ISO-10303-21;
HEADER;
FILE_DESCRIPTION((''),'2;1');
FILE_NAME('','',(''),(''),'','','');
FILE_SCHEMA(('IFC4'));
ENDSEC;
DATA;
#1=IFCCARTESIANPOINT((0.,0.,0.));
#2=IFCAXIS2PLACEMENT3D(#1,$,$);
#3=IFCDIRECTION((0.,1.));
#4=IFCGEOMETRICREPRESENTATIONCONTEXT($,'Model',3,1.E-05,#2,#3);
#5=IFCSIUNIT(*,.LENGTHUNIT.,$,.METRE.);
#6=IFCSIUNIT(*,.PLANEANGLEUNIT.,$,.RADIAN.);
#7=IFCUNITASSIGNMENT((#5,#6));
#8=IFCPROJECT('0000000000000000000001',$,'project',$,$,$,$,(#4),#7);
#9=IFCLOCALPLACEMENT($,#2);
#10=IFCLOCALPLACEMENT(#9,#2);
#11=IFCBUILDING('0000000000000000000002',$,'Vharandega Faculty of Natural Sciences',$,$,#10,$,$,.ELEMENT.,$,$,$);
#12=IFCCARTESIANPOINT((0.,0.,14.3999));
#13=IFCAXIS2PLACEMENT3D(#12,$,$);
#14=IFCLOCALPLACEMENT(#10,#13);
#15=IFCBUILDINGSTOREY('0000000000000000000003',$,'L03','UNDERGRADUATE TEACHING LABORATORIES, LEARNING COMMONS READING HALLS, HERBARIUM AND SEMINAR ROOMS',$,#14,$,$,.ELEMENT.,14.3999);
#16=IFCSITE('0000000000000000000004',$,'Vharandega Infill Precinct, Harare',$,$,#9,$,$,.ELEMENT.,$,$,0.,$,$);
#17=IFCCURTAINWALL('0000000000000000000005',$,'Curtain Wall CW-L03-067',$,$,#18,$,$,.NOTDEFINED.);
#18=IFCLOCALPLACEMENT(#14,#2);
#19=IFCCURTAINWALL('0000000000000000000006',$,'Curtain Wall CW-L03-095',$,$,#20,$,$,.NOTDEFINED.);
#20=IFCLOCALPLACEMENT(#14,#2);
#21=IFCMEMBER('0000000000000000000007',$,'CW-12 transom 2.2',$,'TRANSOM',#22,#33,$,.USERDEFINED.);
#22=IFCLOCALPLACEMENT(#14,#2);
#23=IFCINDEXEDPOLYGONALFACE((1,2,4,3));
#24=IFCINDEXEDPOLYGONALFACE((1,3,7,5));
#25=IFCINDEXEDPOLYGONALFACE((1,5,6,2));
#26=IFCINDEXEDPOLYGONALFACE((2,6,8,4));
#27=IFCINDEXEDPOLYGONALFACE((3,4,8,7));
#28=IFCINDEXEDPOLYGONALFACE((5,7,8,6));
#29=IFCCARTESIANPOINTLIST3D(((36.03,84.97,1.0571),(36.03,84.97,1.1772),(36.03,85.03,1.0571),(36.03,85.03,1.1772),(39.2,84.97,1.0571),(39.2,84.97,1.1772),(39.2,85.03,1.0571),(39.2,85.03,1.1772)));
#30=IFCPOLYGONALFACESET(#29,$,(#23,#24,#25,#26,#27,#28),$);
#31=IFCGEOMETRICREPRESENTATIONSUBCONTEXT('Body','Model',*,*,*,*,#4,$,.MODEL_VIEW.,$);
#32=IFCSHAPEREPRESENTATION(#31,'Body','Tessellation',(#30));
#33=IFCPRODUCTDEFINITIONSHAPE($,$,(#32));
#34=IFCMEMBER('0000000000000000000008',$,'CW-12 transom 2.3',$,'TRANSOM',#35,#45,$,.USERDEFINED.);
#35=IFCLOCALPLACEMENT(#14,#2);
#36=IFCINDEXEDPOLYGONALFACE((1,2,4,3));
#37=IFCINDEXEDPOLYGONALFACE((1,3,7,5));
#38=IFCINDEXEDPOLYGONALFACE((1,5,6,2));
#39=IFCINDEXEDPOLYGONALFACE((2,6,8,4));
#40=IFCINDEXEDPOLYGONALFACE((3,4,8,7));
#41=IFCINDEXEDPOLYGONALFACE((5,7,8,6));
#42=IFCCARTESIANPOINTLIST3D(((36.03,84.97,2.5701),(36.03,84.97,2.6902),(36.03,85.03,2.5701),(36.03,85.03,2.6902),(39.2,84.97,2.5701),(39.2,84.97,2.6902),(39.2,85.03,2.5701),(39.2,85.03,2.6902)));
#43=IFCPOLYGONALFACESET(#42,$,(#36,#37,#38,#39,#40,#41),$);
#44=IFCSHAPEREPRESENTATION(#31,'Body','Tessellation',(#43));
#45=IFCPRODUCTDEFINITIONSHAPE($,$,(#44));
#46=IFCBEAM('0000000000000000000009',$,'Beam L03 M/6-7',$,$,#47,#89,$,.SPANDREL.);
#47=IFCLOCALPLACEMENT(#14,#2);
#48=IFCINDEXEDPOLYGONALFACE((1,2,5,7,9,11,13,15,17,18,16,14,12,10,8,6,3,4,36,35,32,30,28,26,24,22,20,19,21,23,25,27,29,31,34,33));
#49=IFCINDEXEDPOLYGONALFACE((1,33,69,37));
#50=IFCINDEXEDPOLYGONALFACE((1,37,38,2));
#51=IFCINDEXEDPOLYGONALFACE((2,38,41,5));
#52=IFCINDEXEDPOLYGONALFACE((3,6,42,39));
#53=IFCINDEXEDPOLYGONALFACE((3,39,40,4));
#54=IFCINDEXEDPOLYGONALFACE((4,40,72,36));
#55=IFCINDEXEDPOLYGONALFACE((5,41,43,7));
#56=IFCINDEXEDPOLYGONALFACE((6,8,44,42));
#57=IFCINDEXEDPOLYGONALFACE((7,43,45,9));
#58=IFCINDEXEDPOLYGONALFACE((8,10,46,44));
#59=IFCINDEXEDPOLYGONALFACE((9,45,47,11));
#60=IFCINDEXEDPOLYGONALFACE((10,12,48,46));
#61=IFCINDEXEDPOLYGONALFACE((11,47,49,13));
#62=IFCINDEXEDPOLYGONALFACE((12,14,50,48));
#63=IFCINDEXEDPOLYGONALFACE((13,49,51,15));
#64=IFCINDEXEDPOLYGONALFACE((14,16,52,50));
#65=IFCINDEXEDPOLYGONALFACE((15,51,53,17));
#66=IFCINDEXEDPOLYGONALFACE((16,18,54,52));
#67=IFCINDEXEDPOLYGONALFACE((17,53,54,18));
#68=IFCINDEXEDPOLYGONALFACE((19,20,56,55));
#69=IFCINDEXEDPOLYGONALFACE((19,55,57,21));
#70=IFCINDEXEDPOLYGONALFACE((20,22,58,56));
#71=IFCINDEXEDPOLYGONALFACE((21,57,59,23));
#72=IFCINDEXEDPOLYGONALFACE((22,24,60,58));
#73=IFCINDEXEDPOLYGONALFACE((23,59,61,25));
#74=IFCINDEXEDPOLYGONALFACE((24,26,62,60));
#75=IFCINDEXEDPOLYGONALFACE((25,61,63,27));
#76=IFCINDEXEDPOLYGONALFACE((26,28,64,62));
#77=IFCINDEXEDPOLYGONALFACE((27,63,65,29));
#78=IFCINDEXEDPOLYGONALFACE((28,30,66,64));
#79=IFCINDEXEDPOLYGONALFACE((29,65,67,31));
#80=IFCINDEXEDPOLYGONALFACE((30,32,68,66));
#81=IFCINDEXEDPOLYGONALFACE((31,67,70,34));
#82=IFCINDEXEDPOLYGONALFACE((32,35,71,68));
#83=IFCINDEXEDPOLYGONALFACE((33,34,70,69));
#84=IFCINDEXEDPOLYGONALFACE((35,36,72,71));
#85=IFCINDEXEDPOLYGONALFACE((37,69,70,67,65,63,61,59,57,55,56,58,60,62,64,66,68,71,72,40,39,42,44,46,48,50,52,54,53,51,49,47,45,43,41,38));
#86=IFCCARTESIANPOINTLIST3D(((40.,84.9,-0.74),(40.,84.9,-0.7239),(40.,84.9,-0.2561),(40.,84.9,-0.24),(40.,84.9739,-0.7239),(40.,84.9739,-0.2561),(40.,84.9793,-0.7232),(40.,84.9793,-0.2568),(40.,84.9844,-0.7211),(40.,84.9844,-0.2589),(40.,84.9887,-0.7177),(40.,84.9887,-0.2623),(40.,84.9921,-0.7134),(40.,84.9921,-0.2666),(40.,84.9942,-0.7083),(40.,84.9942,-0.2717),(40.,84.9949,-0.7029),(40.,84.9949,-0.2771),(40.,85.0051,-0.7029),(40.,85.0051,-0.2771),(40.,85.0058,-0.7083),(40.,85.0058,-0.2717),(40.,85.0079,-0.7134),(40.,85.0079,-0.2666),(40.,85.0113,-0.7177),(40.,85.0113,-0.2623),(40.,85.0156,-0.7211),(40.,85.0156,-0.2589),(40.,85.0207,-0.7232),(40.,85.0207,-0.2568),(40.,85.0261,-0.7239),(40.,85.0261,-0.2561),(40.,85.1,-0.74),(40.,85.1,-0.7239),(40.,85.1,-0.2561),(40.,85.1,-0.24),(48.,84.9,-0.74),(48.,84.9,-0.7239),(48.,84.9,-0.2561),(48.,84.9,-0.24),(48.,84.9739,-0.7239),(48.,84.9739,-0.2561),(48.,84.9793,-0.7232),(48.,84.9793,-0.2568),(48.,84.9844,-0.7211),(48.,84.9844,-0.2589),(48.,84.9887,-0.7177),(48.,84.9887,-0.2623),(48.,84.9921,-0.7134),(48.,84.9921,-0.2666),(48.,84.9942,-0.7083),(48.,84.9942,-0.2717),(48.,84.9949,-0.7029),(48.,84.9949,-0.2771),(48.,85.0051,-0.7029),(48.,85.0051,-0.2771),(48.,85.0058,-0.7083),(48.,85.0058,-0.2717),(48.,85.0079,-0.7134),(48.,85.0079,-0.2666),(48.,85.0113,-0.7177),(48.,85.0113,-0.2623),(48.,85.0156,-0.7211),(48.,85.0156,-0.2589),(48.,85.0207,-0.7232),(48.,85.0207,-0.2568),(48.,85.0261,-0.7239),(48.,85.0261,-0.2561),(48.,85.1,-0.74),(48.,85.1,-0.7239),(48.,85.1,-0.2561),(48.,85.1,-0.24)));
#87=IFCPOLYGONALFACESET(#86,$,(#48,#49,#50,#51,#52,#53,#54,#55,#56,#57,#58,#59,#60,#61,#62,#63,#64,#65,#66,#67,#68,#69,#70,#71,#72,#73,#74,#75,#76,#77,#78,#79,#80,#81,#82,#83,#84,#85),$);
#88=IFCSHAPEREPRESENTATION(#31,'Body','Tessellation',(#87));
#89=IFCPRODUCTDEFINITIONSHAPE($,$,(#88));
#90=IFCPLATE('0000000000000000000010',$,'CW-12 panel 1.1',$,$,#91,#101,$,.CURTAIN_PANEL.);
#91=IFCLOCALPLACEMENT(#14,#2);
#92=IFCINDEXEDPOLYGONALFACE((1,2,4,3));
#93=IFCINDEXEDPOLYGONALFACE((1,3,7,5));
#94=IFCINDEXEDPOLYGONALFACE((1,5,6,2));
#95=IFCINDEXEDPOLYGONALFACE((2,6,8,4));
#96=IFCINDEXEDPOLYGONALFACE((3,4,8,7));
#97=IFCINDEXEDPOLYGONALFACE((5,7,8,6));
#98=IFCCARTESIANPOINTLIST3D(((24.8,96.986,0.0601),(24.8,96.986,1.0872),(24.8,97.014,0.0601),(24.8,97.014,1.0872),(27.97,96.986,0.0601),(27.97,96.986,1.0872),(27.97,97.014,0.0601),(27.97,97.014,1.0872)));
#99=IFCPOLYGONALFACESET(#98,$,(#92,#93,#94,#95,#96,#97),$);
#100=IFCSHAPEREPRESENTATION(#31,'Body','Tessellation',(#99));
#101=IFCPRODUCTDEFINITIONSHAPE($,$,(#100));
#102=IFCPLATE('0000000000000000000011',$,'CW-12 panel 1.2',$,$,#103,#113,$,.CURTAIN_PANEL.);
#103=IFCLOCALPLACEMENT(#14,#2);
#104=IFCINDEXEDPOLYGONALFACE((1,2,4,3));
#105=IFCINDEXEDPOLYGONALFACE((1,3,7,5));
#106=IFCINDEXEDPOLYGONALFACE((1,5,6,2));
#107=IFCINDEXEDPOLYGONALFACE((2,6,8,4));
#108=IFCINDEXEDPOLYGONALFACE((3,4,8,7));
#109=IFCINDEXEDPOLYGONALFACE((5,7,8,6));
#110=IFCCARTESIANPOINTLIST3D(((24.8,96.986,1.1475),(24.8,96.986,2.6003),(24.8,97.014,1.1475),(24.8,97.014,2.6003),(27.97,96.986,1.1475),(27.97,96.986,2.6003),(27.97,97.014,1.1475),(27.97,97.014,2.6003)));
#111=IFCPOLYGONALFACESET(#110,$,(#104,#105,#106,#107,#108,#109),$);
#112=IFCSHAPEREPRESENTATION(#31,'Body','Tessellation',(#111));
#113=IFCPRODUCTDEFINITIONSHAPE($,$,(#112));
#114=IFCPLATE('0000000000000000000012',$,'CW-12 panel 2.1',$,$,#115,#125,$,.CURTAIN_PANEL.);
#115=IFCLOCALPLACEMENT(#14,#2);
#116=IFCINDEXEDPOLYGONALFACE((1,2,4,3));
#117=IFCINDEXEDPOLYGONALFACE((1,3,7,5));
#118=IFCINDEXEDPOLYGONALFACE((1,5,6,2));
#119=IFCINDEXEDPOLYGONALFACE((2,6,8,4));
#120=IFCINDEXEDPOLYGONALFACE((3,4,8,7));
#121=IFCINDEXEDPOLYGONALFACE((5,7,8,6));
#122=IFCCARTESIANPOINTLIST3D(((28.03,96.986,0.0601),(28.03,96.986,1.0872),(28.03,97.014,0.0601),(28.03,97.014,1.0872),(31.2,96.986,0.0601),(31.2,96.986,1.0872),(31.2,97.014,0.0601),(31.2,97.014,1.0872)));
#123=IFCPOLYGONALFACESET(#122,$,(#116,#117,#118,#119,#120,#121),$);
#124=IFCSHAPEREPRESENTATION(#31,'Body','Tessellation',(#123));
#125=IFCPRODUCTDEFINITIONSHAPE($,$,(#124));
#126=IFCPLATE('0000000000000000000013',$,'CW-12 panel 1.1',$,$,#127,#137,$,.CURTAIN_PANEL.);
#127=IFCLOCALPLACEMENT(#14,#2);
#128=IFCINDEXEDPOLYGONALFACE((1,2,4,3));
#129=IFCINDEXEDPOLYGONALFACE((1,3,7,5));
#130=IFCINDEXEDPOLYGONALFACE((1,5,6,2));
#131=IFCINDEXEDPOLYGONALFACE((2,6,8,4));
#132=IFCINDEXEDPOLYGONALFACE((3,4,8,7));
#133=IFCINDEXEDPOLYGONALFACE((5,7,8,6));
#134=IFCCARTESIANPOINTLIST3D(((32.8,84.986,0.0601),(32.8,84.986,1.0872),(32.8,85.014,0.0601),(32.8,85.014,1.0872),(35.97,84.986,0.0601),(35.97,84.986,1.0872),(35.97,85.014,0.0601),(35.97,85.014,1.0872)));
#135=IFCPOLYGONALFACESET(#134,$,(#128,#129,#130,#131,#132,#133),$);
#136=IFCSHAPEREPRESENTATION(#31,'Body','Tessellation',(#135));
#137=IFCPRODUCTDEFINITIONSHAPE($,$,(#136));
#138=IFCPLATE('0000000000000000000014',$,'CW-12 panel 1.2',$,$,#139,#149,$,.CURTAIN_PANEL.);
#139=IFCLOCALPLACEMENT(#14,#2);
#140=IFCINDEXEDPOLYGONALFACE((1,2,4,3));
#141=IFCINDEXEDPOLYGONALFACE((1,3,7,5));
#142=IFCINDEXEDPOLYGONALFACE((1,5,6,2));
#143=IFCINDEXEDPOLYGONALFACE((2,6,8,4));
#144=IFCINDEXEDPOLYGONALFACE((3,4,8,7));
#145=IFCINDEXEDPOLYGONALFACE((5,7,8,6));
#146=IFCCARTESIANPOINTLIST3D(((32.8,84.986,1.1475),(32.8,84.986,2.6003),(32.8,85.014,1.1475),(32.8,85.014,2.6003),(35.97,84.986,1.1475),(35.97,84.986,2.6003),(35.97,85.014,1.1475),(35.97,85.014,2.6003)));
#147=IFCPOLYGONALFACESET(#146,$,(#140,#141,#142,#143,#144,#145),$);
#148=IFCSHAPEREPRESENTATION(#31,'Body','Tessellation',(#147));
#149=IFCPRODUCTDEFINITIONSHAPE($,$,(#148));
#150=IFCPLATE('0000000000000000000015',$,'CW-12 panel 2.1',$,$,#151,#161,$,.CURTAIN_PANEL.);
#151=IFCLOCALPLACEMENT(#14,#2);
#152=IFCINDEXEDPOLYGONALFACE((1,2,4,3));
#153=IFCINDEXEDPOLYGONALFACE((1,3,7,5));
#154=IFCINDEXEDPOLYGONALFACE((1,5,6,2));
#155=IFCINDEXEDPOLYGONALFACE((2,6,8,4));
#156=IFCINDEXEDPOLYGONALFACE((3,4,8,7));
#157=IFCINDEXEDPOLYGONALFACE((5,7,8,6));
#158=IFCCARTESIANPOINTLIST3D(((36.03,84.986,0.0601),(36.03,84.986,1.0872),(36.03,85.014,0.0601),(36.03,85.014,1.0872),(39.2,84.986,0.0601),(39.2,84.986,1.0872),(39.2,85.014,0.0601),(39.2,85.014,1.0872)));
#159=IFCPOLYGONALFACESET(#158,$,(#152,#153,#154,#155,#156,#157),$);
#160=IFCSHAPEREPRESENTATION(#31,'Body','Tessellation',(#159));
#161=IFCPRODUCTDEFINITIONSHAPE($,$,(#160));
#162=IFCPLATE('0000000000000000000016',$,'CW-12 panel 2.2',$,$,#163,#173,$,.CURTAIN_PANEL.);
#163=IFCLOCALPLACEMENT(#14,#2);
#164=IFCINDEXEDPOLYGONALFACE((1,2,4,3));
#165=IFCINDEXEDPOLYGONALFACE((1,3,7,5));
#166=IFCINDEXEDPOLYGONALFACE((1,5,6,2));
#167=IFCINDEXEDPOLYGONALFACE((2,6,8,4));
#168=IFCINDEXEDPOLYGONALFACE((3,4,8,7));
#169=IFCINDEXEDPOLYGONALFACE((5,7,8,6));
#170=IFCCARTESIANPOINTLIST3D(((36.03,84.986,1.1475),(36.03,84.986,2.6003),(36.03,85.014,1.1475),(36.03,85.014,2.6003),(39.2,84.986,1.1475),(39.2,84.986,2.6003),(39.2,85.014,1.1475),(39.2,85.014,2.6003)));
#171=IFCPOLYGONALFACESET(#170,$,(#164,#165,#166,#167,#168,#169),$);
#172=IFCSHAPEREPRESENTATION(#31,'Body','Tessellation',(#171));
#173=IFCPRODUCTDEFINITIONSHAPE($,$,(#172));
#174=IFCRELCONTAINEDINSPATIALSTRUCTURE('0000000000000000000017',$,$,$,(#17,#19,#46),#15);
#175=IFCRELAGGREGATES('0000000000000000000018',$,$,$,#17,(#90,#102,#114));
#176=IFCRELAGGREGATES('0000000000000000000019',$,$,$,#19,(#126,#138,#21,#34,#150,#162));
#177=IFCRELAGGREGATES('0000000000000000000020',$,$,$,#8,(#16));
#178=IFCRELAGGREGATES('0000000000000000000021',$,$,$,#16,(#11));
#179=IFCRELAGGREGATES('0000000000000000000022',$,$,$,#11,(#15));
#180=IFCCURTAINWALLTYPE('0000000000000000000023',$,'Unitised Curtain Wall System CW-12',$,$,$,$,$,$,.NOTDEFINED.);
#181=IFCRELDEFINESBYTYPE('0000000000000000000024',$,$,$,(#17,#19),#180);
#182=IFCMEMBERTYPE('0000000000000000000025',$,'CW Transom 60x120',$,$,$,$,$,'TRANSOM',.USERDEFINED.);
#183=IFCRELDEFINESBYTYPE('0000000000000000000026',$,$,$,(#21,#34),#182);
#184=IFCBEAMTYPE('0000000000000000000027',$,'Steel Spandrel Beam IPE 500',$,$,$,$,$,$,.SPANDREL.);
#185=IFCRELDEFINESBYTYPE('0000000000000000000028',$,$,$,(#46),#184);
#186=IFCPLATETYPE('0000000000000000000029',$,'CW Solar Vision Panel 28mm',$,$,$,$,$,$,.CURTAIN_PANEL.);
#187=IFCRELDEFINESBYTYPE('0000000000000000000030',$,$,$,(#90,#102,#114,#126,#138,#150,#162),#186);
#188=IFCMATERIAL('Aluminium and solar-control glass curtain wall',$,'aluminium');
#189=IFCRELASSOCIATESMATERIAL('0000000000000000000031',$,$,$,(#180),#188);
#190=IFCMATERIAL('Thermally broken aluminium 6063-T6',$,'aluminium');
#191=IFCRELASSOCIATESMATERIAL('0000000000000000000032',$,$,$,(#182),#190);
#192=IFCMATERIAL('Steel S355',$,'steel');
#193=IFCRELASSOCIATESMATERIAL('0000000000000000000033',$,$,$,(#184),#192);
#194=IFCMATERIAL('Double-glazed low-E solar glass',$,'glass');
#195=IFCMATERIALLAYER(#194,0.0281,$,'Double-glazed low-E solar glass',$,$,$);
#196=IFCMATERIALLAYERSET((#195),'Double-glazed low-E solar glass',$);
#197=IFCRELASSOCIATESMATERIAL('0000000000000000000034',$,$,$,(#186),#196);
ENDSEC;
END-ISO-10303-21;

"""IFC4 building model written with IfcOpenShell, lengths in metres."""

from ifc_helpers import new_model, si_unit, direction, frame, origin, origin_2d, place, context, subcontext, project, spatial, rectangle, i_section, extrude, material, layer, layer_set, material_profile, profile_set, type_object, element, aggregate, save


model = new_model("IFC4")

# Units and contexts
model_context = context("Model", 3, precision=1e-05, world=origin(), true_north=direction((0.0, 1.0)))
body_context = subcontext(model_context, "Body", "Model", "MODEL_VIEW")
ifc_project = project(units=[si_unit("LENGTHUNIT", "METRE"), si_unit("PLANEANGLEUNIT", "RADIAN")], contexts=[model_context])

# Site, building, storey
site_placement = place(None, origin())
site = spatial("IfcSite", under=ifc_project, at=site_placement, Name="Vharandega Infill Precinct, Harare", CompositionType="ELEMENT", RefElevation=0.0)
building_placement = place(site_placement, origin())
building = spatial("IfcBuilding", under=site, at=building_placement, Name="Vharandega Faculty of Natural Sciences", CompositionType="ELEMENT")
storey_placement = place(building_placement, frame((0.0, 0.0, 14.3999)))
storey = spatial("IfcBuildingStorey", under=building, at=storey_placement, Name="L03", Description="UNDERGRADUATE TEACHING LABORATORIES, LEARNING COMMONS READING HALLS, HERBARIUM AND SEMINAR ROOMS", CompositionType="ELEMENT", Elevation=14.3999)

# Curtain walls
ifc_material_1 = material(Name="Aluminium and solar-control glass curtain wall", Category="aluminium")
curtain_wall_type = type_object("IfcCurtainWallType", Name="Unitised Curtain Wall System CW-12", PredefinedType="NOTDEFINED", material=ifc_material_1)
curtain_wall_1_placement = place(storey_placement, origin())
curtain_wall_1 = element("IfcCurtainWall", 1, at=curtain_wall_1_placement, inside=storey, type_object=curtain_wall_type, Name="Curtain Wall CW-L03-067", PredefinedType="NOTDEFINED")
curtain_wall_2_placement = place(storey_placement, origin())
curtain_wall_2 = element("IfcCurtainWall", 2, at=curtain_wall_2_placement, inside=storey, type_object=curtain_wall_type, Name="Curtain Wall CW-L03-095", PredefinedType="NOTDEFINED")

# Members
ifc_material_2 = material(Name="Thermally broken aluminium 6063-T6", Category="aluminium")
ifc_material_profile_1 = material_profile(ifc_material_2, rectangle(XDim=0.0601, YDim=0.1201, at=origin_2d()), Name="ALU 60x120")
ifc_profile_set_1 = profile_set([ifc_material_profile_1], Name="Thermally broken aluminium 6063-T6")
member_type_1 = type_object("IfcMemberType", Name="CW Transom 60x120", ElementType="TRANSOM", PredefinedType="USERDEFINED", material=ifc_profile_set_1)
member_1_placement = place(storey_placement, frame((36.03, 85.0, 1.1172), z_axis=(1.0, 0.0, 0.0), x_axis=(0.0, 1.0, 0.0)))
member_1 = element("IfcMember", 3, at=member_1_placement, type_object=member_type_1, Name="CW-12 transom 2.2", ObjectType="TRANSOM", PredefinedType="USERDEFINED", context=body_context, shape_type="SweptSolid", body=[
    extrude(rectangle(XDim=0.0601, YDim=0.1201, at=origin_2d()), origin(), (0.0, 0.0, 1.0), 3.1699),
])
member_2_placement = place(storey_placement, frame((36.03, 85.0, 2.6301), z_axis=(1.0, 0.0, 0.0), x_axis=(0.0, 1.0, 0.0)))
member_2 = element("IfcMember", 4, at=member_2_placement, type_object=member_type_1, Name="CW-12 transom 2.3", ObjectType="TRANSOM", PredefinedType="USERDEFINED", context=body_context, shape_type="SweptSolid", body=[
    extrude(rectangle(XDim=0.0601, YDim=0.1201, at=origin_2d()), origin(), (0.0, 0.0, 1.0), 3.1699),
])

# Beam
ifc_material_3 = material(Name="Steel S355", Category="steel")
ifc_material_profile_2 = material_profile(ifc_material_3, i_section(OverallWidth=0.2, OverallDepth=0.5, WebThickness=0.0103, FlangeThickness=0.0161, FilletRadius=0.021, at=origin_2d()), Name="IPE 500")
ifc_profile_set_2 = profile_set([ifc_material_profile_2], Name="Steel S355")
beam_type = type_object("IfcBeamType", Name="Steel Spandrel Beam IPE 500", PredefinedType="SPANDREL", material=ifc_profile_set_2)
beam_placement = place(storey_placement, frame((40.0, 85.0, -0.49), z_axis=(1.0, 0.0, 0.0), x_axis=(0.0, 1.0, 0.0)))
element("IfcBeam", 5, at=beam_placement, inside=storey, type_object=beam_type, Name="Beam L03 M/6-7", PredefinedType="SPANDREL", context=body_context, shape_type="SweptSolid", body=[
    extrude(i_section(OverallWidth=0.2, OverallDepth=0.5, WebThickness=0.0103, FlangeThickness=0.0161, FilletRadius=0.021, at=origin_2d()), origin(), (0.0, 0.0, 1.0), 8.0),
])

# Plates
ifc_material_4 = material(Name="Double-glazed low-E solar glass", Category="glass")
ifc_layer = layer(ifc_material_4, 0.0281, Name="Double-glazed low-E solar glass")
ifc_layer_set = layer_set([ifc_layer], Name="Double-glazed low-E solar glass")
plate_type = type_object("IfcPlateType", Name="CW Solar Vision Panel 28mm", PredefinedType="CURTAIN_PANEL", material=ifc_layer_set)
plate_1_placement = place(storey_placement, frame((26.385, 97.0, 0.0601), z_axis=(0.0, 0.0, 1.0), x_axis=(1.0, 0.0, 0.0)))
plate_1 = element("IfcPlate", 6, at=plate_1_placement, type_object=plate_type, Name="CW-12 panel 1.1", PredefinedType="CURTAIN_PANEL", context=body_context, shape_type="SweptSolid", body=[
    extrude(rectangle(XDim=3.1699, YDim=0.0281, at=origin_2d()), origin(), (0.0, 0.0, 1.0), 1.0271),
])
plate_2_placement = place(storey_placement, frame((26.385, 97.0, 1.1475), z_axis=(0.0, 0.0, 1.0), x_axis=(1.0, 0.0, 0.0)))
plate_2 = element("IfcPlate", 7, at=plate_2_placement, type_object=plate_type, Name="CW-12 panel 1.2", PredefinedType="CURTAIN_PANEL", context=body_context, shape_type="SweptSolid", body=[
    extrude(rectangle(XDim=3.1699, YDim=0.0281, at=origin_2d()), origin(), (0.0, 0.0, 1.0), 1.4529),
])
plate_3_placement = place(storey_placement, frame((29.615, 97.0, 0.0601), z_axis=(0.0, 0.0, 1.0), x_axis=(1.0, 0.0, 0.0)))
plate_3 = element("IfcPlate", 8, at=plate_3_placement, type_object=plate_type, Name="CW-12 panel 2.1", PredefinedType="CURTAIN_PANEL", context=body_context, shape_type="SweptSolid", body=[
    extrude(rectangle(XDim=3.1699, YDim=0.0281, at=origin_2d()), origin(), (0.0, 0.0, 1.0), 1.0271),
])
aggregate(curtain_wall_1, [plate_1, plate_2, plate_3])
plate_4_placement = place(storey_placement, frame((34.385, 85.0, 0.0601), z_axis=(0.0, 0.0, 1.0), x_axis=(1.0, 0.0, 0.0)))
plate_4 = element("IfcPlate", 9, at=plate_4_placement, type_object=plate_type, Name="CW-12 panel 1.1", PredefinedType="CURTAIN_PANEL", context=body_context, shape_type="SweptSolid", body=[
    extrude(rectangle(XDim=3.1699, YDim=0.0281, at=origin_2d()), origin(), (0.0, 0.0, 1.0), 1.0271),
])
plate_5_placement = place(storey_placement, frame((34.385, 85.0, 1.1475), z_axis=(0.0, 0.0, 1.0), x_axis=(1.0, 0.0, 0.0)))
plate_5 = element("IfcPlate", 10, at=plate_5_placement, type_object=plate_type, Name="CW-12 panel 1.2", PredefinedType="CURTAIN_PANEL", context=body_context, shape_type="SweptSolid", body=[
    extrude(rectangle(XDim=3.1699, YDim=0.0281, at=origin_2d()), origin(), (0.0, 0.0, 1.0), 1.4529),
])
plate_6_placement = place(storey_placement, frame((37.615, 85.0, 0.0601), z_axis=(0.0, 0.0, 1.0), x_axis=(1.0, 0.0, 0.0)))
plate_6 = element("IfcPlate", 11, at=plate_6_placement, type_object=plate_type, Name="CW-12 panel 2.1", PredefinedType="CURTAIN_PANEL", context=body_context, shape_type="SweptSolid", body=[
    extrude(rectangle(XDim=3.1699, YDim=0.0281, at=origin_2d()), origin(), (0.0, 0.0, 1.0), 1.0271),
])
plate_7_placement = place(storey_placement, frame((37.615, 85.0, 1.1475), z_axis=(0.0, 0.0, 1.0), x_axis=(1.0, 0.0, 0.0)))
plate_7 = element("IfcPlate", 12, at=plate_7_placement, type_object=plate_type, Name="CW-12 panel 2.2", PredefinedType="CURTAIN_PANEL", context=body_context, shape_type="SweptSolid", body=[
    extrude(rectangle(XDim=3.1699, YDim=0.0281, at=origin_2d()), origin(), (0.0, 0.0, 1.0), 1.4529),
])
aggregate(curtain_wall_2, [plate_4, plate_5, member_1, member_2, plate_6, plate_7])

save(model, "model.ifc")
